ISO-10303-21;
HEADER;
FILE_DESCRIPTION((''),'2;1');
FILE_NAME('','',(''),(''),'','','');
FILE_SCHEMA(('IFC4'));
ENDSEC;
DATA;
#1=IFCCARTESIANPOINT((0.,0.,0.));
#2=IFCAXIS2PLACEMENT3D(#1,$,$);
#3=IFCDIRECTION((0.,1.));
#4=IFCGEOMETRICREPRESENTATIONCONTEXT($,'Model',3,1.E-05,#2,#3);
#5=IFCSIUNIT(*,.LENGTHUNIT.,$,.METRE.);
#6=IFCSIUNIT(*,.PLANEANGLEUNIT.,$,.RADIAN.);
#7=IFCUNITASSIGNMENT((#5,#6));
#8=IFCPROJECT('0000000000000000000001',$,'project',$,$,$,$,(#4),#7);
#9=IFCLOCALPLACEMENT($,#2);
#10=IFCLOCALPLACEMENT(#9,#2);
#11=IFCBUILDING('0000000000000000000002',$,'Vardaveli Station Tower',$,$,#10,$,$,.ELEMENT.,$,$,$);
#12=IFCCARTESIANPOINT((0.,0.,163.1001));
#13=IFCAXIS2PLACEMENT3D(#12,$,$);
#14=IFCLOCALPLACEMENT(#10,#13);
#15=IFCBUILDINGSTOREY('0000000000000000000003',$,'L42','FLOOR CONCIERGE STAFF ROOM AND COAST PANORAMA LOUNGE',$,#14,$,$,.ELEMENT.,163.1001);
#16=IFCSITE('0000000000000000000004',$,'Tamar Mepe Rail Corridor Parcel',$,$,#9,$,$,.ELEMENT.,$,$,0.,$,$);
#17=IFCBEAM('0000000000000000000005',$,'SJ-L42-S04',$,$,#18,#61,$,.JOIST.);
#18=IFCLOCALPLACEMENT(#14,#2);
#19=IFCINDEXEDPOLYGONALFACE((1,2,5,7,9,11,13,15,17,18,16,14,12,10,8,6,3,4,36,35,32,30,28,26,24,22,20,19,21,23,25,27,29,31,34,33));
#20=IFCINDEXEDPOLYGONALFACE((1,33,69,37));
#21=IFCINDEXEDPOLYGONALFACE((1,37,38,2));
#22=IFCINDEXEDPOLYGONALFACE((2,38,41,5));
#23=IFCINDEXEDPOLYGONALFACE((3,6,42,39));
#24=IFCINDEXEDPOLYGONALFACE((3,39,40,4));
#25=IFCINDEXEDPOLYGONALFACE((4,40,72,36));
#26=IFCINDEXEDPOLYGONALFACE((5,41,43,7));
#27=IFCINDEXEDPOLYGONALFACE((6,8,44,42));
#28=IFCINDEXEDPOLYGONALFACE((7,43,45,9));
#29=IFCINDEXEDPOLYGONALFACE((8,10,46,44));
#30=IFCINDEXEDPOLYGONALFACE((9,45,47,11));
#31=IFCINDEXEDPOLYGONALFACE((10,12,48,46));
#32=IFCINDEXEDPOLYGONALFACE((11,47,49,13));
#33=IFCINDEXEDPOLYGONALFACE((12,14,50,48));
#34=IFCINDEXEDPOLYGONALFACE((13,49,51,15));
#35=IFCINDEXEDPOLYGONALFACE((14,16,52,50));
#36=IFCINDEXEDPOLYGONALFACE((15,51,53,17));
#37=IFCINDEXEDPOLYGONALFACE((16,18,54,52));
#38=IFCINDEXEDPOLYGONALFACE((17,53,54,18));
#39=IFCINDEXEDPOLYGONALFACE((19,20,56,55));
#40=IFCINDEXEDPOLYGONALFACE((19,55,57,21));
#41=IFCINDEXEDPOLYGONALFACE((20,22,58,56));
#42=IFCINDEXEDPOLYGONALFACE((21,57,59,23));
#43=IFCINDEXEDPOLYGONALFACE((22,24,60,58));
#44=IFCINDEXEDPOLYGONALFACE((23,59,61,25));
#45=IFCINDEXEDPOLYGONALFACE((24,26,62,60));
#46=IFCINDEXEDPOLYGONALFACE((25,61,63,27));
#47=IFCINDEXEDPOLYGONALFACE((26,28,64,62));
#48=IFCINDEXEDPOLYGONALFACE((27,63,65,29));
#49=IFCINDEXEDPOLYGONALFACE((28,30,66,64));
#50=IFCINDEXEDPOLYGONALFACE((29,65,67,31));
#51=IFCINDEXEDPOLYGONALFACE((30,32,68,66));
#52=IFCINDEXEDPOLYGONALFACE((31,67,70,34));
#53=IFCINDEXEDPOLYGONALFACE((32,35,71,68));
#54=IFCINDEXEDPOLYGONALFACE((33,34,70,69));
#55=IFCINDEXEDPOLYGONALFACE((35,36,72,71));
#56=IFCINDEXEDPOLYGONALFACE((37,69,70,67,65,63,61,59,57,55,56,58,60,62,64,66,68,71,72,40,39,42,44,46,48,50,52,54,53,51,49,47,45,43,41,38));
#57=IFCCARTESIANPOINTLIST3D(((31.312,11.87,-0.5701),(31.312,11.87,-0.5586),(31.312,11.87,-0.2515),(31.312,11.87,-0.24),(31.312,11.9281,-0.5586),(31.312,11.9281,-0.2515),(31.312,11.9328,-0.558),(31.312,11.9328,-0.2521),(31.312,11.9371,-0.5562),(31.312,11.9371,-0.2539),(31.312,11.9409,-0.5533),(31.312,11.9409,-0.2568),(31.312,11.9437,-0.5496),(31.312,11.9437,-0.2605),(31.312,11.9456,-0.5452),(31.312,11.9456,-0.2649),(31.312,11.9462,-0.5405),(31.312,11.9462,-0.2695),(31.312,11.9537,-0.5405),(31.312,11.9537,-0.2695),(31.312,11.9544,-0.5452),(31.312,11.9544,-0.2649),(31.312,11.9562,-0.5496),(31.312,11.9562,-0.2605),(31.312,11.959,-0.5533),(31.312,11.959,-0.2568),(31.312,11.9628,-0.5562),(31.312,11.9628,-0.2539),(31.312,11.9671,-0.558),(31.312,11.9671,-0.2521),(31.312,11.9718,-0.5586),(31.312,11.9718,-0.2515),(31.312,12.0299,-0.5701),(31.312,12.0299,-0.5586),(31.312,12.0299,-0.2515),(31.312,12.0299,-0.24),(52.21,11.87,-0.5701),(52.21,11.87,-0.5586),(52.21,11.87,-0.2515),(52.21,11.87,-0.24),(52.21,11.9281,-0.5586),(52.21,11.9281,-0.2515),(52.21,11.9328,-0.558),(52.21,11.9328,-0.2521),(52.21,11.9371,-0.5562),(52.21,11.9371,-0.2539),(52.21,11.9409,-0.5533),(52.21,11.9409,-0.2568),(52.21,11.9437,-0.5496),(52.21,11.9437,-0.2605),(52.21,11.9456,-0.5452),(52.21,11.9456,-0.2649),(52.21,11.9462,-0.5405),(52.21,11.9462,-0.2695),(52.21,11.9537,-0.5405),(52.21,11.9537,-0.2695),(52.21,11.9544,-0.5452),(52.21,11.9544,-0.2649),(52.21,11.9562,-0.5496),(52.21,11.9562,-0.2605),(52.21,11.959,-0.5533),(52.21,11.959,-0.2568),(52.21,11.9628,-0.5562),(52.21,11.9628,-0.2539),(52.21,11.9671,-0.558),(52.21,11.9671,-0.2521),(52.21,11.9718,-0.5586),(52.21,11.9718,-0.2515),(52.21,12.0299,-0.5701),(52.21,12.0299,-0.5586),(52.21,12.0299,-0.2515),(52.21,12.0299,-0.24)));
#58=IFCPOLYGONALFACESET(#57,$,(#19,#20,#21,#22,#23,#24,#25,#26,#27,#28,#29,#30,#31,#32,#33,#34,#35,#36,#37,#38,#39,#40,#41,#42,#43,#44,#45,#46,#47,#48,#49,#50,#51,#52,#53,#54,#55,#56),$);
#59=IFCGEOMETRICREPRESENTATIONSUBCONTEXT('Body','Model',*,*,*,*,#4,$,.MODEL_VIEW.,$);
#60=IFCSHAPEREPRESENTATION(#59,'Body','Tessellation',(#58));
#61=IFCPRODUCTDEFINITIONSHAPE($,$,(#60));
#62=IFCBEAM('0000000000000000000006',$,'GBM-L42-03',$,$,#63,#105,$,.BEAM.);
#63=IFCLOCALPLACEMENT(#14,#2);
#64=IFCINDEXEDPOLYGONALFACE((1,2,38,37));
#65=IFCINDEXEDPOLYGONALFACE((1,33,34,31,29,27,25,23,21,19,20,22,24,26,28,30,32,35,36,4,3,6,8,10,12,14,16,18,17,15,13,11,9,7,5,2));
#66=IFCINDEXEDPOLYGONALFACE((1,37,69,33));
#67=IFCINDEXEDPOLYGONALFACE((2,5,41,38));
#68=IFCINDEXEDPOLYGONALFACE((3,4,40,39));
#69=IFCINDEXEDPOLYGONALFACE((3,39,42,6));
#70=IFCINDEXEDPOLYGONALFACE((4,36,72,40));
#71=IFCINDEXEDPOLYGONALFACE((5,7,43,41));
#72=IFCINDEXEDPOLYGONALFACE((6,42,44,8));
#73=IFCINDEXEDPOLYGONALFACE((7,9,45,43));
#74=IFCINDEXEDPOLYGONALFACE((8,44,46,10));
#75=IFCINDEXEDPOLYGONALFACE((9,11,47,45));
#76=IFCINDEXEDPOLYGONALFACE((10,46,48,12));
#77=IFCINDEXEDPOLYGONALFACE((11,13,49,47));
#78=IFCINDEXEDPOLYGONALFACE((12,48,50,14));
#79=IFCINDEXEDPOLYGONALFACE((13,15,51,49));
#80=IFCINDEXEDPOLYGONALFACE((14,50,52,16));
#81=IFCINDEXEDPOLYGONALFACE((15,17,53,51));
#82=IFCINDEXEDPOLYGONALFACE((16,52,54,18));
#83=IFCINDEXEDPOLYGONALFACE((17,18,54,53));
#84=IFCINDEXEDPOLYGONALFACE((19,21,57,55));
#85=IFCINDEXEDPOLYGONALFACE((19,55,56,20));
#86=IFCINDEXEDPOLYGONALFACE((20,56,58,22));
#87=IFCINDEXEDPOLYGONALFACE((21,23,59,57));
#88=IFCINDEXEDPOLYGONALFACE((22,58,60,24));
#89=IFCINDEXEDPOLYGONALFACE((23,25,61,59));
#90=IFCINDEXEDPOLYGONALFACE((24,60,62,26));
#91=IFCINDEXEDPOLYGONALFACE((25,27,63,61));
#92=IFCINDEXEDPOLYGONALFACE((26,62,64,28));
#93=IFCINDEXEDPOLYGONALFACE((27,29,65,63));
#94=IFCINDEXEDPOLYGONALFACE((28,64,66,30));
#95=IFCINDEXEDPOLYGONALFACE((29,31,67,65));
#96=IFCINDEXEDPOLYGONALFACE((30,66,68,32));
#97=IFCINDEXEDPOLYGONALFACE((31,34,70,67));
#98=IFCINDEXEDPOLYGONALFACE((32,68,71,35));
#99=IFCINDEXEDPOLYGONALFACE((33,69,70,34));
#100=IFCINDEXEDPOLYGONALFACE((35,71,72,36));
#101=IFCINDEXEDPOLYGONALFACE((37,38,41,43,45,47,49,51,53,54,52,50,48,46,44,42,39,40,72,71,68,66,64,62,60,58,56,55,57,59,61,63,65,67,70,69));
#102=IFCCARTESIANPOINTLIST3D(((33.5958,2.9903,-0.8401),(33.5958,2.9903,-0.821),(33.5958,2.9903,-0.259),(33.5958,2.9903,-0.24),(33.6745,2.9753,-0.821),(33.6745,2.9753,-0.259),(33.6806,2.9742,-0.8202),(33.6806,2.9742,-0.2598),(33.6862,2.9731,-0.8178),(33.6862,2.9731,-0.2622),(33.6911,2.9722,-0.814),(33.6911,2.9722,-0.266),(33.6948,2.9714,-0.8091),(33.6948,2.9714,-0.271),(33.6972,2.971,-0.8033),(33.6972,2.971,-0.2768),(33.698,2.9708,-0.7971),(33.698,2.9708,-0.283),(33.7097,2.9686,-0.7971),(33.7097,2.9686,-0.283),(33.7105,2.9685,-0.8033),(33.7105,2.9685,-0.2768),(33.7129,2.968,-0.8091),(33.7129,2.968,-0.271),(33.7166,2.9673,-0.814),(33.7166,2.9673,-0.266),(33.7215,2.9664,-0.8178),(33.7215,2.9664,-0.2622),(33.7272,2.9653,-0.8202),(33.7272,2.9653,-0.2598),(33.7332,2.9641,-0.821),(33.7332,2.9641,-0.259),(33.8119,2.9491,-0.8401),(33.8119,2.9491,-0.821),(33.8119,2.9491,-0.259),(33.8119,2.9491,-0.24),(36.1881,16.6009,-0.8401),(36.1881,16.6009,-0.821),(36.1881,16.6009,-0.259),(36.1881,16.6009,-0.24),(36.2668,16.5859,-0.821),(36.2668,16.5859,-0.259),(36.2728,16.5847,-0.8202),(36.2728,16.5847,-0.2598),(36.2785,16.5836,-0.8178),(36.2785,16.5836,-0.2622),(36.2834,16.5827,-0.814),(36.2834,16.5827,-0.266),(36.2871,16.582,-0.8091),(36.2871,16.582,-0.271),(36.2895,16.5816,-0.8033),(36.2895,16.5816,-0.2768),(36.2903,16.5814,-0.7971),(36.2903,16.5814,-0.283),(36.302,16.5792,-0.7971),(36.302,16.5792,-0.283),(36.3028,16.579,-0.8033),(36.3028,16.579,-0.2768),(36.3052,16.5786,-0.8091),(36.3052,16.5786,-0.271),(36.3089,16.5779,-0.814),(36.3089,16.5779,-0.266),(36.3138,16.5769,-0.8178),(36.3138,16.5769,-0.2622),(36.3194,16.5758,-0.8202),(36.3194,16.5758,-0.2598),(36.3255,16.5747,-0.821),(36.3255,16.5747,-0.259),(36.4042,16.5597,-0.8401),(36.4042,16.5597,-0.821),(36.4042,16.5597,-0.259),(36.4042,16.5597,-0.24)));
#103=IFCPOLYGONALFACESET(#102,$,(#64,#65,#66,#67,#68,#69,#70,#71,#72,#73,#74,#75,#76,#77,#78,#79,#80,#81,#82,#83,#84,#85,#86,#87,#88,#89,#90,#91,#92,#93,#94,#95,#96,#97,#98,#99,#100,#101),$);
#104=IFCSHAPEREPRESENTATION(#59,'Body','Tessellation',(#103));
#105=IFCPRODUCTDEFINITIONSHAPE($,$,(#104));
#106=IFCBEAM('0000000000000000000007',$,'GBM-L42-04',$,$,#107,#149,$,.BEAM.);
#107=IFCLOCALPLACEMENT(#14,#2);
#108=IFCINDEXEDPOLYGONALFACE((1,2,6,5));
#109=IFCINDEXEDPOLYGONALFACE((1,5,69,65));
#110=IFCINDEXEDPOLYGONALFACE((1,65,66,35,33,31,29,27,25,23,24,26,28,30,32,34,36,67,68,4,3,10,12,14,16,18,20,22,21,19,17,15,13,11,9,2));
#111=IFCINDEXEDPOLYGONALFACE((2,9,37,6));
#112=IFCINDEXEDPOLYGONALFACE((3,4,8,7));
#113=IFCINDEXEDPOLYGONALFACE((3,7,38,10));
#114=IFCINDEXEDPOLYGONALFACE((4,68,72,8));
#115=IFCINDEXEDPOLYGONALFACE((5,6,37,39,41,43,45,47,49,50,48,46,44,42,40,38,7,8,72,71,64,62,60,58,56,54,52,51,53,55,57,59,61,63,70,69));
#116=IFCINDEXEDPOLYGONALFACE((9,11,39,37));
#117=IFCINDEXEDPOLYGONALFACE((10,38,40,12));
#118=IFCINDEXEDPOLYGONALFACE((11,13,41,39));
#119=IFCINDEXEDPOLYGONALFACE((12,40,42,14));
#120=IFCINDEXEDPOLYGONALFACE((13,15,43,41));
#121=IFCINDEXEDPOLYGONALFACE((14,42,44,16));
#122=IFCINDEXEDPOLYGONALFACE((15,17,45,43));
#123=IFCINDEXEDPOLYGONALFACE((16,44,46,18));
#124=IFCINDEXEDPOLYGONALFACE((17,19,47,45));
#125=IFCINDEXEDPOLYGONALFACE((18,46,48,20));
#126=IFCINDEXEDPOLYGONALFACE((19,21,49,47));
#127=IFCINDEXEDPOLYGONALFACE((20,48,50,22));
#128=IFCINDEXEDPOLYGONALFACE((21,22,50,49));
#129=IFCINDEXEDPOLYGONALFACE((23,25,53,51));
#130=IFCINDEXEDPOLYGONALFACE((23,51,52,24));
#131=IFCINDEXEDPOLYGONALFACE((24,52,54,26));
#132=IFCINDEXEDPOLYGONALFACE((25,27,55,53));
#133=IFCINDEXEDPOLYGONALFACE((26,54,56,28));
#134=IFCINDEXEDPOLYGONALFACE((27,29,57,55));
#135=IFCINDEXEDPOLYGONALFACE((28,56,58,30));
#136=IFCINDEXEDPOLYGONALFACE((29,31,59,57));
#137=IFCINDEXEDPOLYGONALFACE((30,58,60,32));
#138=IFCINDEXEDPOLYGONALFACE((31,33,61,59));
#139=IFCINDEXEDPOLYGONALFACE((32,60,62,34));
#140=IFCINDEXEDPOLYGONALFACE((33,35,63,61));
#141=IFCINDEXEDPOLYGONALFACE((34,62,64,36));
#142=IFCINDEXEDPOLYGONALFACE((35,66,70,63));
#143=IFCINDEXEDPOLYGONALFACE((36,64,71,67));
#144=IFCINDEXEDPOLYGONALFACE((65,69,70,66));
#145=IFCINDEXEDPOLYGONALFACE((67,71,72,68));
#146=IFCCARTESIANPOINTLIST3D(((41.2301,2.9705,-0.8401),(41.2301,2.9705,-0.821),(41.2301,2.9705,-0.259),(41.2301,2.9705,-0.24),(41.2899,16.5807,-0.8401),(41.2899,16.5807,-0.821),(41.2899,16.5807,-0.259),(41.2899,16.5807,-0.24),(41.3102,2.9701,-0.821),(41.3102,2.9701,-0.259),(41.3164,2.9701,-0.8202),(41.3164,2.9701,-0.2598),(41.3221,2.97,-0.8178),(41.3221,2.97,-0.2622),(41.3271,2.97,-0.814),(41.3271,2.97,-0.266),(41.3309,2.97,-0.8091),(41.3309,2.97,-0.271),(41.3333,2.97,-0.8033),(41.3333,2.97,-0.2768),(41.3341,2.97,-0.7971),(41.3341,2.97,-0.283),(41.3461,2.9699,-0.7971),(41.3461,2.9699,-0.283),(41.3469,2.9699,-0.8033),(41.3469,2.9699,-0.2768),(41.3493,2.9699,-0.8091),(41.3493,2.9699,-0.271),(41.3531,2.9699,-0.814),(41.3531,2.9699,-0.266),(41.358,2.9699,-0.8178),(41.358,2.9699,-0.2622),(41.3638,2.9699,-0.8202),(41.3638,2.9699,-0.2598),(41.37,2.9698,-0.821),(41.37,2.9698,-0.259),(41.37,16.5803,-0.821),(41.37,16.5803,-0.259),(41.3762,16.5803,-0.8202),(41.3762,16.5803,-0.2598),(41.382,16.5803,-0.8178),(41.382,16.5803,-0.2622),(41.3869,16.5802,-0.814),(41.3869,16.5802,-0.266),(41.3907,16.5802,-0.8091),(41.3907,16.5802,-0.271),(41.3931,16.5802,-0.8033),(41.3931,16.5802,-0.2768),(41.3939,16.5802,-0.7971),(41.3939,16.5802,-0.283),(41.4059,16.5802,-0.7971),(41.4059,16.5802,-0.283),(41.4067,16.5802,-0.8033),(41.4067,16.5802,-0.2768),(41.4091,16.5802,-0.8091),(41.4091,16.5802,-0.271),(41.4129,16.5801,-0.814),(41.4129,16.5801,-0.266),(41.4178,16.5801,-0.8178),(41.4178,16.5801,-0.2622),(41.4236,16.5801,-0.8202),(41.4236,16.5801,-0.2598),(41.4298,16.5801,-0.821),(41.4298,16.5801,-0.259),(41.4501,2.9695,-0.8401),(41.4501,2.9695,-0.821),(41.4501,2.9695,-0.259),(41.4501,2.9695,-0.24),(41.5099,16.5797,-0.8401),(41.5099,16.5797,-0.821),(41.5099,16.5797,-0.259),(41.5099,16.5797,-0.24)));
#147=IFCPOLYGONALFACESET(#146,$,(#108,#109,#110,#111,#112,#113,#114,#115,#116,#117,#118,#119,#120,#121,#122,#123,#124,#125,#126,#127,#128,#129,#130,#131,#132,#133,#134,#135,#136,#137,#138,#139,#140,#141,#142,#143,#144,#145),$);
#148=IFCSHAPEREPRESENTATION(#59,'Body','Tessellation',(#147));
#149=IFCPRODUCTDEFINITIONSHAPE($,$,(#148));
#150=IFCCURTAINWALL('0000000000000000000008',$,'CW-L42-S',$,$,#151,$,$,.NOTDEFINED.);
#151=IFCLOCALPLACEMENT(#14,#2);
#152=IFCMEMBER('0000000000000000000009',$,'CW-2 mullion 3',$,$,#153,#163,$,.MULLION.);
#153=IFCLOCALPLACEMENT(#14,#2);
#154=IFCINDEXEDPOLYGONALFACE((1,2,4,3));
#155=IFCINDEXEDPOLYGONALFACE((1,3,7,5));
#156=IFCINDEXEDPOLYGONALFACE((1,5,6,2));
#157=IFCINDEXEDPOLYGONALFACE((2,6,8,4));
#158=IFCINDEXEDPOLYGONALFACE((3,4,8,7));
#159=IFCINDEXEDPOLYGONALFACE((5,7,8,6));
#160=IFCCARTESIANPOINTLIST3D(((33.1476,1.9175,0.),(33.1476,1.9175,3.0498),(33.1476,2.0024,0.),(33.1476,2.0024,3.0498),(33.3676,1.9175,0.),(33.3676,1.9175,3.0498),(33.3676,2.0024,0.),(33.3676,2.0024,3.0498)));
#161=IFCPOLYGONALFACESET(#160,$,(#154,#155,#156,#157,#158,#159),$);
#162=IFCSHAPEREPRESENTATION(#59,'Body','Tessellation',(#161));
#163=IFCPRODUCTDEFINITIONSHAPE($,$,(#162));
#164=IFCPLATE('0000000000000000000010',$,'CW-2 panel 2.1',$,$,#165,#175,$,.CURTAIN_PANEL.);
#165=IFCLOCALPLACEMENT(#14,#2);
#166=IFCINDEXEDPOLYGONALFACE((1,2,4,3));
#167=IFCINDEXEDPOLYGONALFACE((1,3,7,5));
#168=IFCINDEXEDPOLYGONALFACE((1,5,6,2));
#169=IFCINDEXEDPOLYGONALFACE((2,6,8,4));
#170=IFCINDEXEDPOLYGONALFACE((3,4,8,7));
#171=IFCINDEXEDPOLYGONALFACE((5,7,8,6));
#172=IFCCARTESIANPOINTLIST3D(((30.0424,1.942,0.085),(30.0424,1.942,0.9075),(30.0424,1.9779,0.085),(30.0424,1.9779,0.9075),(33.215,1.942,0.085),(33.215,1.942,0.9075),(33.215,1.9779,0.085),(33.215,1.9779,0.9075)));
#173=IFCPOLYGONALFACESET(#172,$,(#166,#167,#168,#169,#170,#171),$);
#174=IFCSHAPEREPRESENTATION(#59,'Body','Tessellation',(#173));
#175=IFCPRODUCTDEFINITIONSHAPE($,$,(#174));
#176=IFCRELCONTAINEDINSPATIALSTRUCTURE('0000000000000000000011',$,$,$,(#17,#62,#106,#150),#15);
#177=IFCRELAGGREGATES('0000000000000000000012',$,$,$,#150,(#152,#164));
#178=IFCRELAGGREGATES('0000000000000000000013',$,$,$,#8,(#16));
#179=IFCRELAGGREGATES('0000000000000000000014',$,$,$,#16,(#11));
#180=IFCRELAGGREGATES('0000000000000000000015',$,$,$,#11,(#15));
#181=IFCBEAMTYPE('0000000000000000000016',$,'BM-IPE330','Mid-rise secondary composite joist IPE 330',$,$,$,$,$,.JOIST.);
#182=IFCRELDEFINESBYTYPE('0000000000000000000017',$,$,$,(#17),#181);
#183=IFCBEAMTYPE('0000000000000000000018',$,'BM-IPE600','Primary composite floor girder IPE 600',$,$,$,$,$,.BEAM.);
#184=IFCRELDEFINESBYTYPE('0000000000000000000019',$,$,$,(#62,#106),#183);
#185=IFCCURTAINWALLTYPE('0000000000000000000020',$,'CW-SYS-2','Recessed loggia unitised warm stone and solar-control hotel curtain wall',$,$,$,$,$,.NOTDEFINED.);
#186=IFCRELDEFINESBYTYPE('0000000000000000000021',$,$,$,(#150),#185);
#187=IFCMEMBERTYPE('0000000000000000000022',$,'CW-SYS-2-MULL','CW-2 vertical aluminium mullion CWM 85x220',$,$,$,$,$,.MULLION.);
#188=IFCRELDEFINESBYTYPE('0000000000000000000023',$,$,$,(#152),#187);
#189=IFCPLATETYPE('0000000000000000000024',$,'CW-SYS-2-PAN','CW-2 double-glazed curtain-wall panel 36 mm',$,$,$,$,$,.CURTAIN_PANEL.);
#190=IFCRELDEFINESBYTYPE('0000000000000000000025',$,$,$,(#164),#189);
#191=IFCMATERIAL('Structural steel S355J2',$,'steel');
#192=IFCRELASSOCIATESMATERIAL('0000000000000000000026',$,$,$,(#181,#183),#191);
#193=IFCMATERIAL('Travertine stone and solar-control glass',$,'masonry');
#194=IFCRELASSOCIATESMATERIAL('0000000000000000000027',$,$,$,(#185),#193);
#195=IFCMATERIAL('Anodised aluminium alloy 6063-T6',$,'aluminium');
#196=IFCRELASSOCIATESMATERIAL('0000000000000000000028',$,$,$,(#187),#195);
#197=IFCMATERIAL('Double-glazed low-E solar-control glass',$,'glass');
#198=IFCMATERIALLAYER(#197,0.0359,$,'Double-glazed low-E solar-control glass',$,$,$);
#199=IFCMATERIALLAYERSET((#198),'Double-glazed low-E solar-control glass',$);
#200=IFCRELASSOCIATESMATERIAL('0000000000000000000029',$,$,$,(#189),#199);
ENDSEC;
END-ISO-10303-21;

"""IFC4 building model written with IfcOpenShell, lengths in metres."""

from ifc_helpers import new_model, si_unit, direction, frame, origin, origin_2d, place, context, subcontext, project, spatial, rectangle, i_section, extrude, source, transform, mapped, material, layer, layer_set, material_profile, profile_set, type_object, element, aggregate, save


model = new_model("IFC4")

# Units and contexts
model_context = context("Model", 3, precision=1e-05, world=origin(), true_north=direction((0.0, 1.0)))
body_context = subcontext(model_context, "Body", "Model", "MODEL_VIEW")
ifc_project = project(units=[si_unit("LENGTHUNIT", "METRE"), si_unit("PLANEANGLEUNIT", "RADIAN")], contexts=[model_context])

# Site, building, storey
site_placement = place(None, origin())
site = spatial("IfcSite", under=ifc_project, at=site_placement, Name="Tamar Mepe Rail Corridor Parcel", CompositionType="ELEMENT", RefElevation=0.0)
building_placement = place(site_placement, origin())
building = spatial("IfcBuilding", under=site, at=building_placement, Name="Vardaveli Station Tower", CompositionType="ELEMENT")
storey_placement = place(building_placement, frame((0.0, 0.0, 163.1001)))
storey = spatial("IfcBuildingStorey", under=building, at=storey_placement, Name="L42", Description="FLOOR CONCIERGE STAFF ROOM AND COAST PANORAMA LOUNGE", CompositionType="ELEMENT", Elevation=163.1001)

# Beams
ifc_material_1 = material(Name="Structural steel S355J2", Category="steel")
ifc_material_profile_1 = material_profile(ifc_material_1, i_section(OverallWidth=0.1599, OverallDepth=0.3301, WebThickness=0.0076, FlangeThickness=0.0115, FilletRadius=0.0181, at=origin_2d()), Name="IPE 330")
ifc_profile_set_1 = profile_set([ifc_material_profile_1], Name="Structural steel S355J2")
beam_type_1 = type_object("IfcBeamType", Name="BM-IPE330", Description="Mid-rise secondary composite joist IPE 330", PredefinedType="JOIST", material=ifc_profile_set_1)
shared_shape_1 = source(origin(), body_context, "Body", "SweptSolid", [
    extrude(i_section(OverallWidth=0.1599, OverallDepth=0.3301, WebThickness=0.0076, FlangeThickness=0.0115, FilletRadius=0.0181, at=origin_2d()), origin(), (0.0, 0.0, 1.0), 20.8979),
])
for number, where, z_axis, x_axis, name in (
    (1, (31.312, 11.95, -0.405), (1.0, 0.0, 0.0), (0.0, 1.0, 0.0), "SJ-L42-S04"),
):
    element("IfcBeam", number, at=place(storey_placement, frame(where, z_axis=z_axis, x_axis=x_axis)), inside=storey, type_object=beam_type_1, Name=name, PredefinedType="JOIST", context=body_context, shape_type="MappedRepresentation", body=[
        mapped(shared_shape_1, transform((0.0, 0.0, 0.0), scale=1.0)),
    ])
ifc_material_profile_2 = material_profile(ifc_material_1, i_section(OverallWidth=0.22, OverallDepth=0.6001, WebThickness=0.012, FlangeThickness=0.019, FilletRadius=0.0239, at=origin_2d()), Name="IPE 600")
ifc_profile_set_2 = profile_set([ifc_material_profile_2], Name="Structural steel S355J2")
beam_type_2 = type_object("IfcBeamType", Name="BM-IPE600", Description="Primary composite floor girder IPE 600", PredefinedType="BEAM", material=ifc_profile_set_2)
shared_shape_2 = source(origin(), body_context, "Body", "SweptSolid", [
    extrude(i_section(OverallWidth=0.22, OverallDepth=0.6001, WebThickness=0.012, FlangeThickness=0.019, FilletRadius=0.0239, at=origin_2d()), origin(), (0.0, 0.0, 1.0), 13.8552),
])
beam_1_placement = place(storey_placement, frame((33.7039, 2.9697, -0.54), z_axis=(0.187098, 0.982341, 0.0), x_axis=(-0.982341, 0.187098, 0.0)))
element("IfcBeam", 2, at=beam_1_placement, inside=storey, type_object=beam_type_2, Name="GBM-L42-03", PredefinedType="BEAM", context=body_context, shape_type="MappedRepresentation", body=[
    mapped(shared_shape_2, transform((0.0, 0.0, 0.0), scale=1.0)),
])
shared_shape_3 = source(origin(), body_context, "Body", "SweptSolid", [
    extrude(i_section(OverallWidth=0.22, OverallDepth=0.6001, WebThickness=0.012, FlangeThickness=0.019, FilletRadius=0.0239, at=origin_2d()), origin(), (0.0, 0.0, 1.0), 13.6104),
])
beam_2_placement = place(storey_placement, frame((41.3401, 2.97, -0.54), z_axis=(0.004395, 0.99999, 0.0), x_axis=(-0.99999, 0.004395, 0.0)))
element("IfcBeam", 3, at=beam_2_placement, inside=storey, type_object=beam_type_2, Name="GBM-L42-04", PredefinedType="BEAM", context=body_context, shape_type="MappedRepresentation", body=[
    mapped(shared_shape_3, transform((0.0, 0.0, 0.0), scale=1.0)),
])

# Curtain wall, member, plate
ifc_material_2 = material(Name="Travertine stone and solar-control glass", Category="masonry")
curtain_wall_type = type_object("IfcCurtainWallType", Name="CW-SYS-2", Description="Recessed loggia unitised warm stone and solar-control hotel curtain wall", PredefinedType="NOTDEFINED", material=ifc_material_2)
curtain_wall_placement = place(storey_placement, origin())
curtain_wall = element("IfcCurtainWall", 4, at=curtain_wall_placement, inside=storey, type_object=curtain_wall_type, Name="CW-L42-S", PredefinedType="NOTDEFINED")
ifc_material_3 = material(Name="Anodised aluminium alloy 6063-T6", Category="aluminium")
ifc_material_profile_3 = material_profile(ifc_material_3, rectangle(XDim=0.085, YDim=0.22, at=origin_2d()), Name="CWM 85x220")
ifc_profile_set_3 = profile_set([ifc_material_profile_3], Name="Anodised aluminium alloy 6063-T6")
member_type = type_object("IfcMemberType", Name="CW-SYS-2-MULL", Description="CW-2 vertical aluminium mullion CWM 85x220", PredefinedType="MULLION", material=ifc_profile_set_3)
shared_shape_4 = source(origin(), body_context, "Body", "SweptSolid", [
    extrude(rectangle(XDim=0.085, YDim=0.22, at=origin_2d()), origin(), (0.0, 0.0, 1.0), 3.0498),
])
member_placement = place(storey_placement, frame((33.2576, 1.96, 0.0), z_axis=(0.0, 0.0, 1.0), x_axis=(0.0, 1.0, 0.0)))
member = element("IfcMember", 5, at=member_placement, type_object=member_type, Name="CW-2 mullion 3", PredefinedType="MULLION", context=body_context, shape_type="MappedRepresentation", body=[
    mapped(shared_shape_4, transform((0.0, 0.0, 0.0), scale=1.0)),
])
ifc_material_4 = material(Name="Double-glazed low-E solar-control glass", Category="glass")
ifc_layer_1 = layer(ifc_material_4, 0.0359, Name="Double-glazed low-E solar-control glass")
ifc_layer_set_1 = layer_set([ifc_layer_1], Name="Double-glazed low-E solar-control glass")
plate_type = type_object("IfcPlateType", Name="CW-SYS-2-PAN", Description="CW-2 double-glazed curtain-wall panel 36 mm", PredefinedType="CURTAIN_PANEL", material=ifc_layer_set_1)
shared_shape_5 = source(origin(), body_context, "Body", "SweptSolid", [
    extrude(rectangle(XDim=3.1726, YDim=0.0359, at=origin_2d()), origin(), (0.0, 0.0, 1.0), 0.8225),
])
plate_1_placement = place(storey_placement, frame((31.6287, 1.96, 0.085), z_axis=(0.0, 0.0, 1.0), x_axis=(1.0, 0.0, 0.0)))
plate_1 = element("IfcPlate", 6, at=plate_1_placement, type_object=plate_type, Name="CW-2 panel 2.1", PredefinedType="CURTAIN_PANEL", context=body_context, shape_type="MappedRepresentation", body=[
    mapped(shared_shape_5, transform((0.0, 0.0, 0.0), scale=1.0)),
])
aggregate(curtain_wall, [member, plate_1])

save(model, "model.ifc")
